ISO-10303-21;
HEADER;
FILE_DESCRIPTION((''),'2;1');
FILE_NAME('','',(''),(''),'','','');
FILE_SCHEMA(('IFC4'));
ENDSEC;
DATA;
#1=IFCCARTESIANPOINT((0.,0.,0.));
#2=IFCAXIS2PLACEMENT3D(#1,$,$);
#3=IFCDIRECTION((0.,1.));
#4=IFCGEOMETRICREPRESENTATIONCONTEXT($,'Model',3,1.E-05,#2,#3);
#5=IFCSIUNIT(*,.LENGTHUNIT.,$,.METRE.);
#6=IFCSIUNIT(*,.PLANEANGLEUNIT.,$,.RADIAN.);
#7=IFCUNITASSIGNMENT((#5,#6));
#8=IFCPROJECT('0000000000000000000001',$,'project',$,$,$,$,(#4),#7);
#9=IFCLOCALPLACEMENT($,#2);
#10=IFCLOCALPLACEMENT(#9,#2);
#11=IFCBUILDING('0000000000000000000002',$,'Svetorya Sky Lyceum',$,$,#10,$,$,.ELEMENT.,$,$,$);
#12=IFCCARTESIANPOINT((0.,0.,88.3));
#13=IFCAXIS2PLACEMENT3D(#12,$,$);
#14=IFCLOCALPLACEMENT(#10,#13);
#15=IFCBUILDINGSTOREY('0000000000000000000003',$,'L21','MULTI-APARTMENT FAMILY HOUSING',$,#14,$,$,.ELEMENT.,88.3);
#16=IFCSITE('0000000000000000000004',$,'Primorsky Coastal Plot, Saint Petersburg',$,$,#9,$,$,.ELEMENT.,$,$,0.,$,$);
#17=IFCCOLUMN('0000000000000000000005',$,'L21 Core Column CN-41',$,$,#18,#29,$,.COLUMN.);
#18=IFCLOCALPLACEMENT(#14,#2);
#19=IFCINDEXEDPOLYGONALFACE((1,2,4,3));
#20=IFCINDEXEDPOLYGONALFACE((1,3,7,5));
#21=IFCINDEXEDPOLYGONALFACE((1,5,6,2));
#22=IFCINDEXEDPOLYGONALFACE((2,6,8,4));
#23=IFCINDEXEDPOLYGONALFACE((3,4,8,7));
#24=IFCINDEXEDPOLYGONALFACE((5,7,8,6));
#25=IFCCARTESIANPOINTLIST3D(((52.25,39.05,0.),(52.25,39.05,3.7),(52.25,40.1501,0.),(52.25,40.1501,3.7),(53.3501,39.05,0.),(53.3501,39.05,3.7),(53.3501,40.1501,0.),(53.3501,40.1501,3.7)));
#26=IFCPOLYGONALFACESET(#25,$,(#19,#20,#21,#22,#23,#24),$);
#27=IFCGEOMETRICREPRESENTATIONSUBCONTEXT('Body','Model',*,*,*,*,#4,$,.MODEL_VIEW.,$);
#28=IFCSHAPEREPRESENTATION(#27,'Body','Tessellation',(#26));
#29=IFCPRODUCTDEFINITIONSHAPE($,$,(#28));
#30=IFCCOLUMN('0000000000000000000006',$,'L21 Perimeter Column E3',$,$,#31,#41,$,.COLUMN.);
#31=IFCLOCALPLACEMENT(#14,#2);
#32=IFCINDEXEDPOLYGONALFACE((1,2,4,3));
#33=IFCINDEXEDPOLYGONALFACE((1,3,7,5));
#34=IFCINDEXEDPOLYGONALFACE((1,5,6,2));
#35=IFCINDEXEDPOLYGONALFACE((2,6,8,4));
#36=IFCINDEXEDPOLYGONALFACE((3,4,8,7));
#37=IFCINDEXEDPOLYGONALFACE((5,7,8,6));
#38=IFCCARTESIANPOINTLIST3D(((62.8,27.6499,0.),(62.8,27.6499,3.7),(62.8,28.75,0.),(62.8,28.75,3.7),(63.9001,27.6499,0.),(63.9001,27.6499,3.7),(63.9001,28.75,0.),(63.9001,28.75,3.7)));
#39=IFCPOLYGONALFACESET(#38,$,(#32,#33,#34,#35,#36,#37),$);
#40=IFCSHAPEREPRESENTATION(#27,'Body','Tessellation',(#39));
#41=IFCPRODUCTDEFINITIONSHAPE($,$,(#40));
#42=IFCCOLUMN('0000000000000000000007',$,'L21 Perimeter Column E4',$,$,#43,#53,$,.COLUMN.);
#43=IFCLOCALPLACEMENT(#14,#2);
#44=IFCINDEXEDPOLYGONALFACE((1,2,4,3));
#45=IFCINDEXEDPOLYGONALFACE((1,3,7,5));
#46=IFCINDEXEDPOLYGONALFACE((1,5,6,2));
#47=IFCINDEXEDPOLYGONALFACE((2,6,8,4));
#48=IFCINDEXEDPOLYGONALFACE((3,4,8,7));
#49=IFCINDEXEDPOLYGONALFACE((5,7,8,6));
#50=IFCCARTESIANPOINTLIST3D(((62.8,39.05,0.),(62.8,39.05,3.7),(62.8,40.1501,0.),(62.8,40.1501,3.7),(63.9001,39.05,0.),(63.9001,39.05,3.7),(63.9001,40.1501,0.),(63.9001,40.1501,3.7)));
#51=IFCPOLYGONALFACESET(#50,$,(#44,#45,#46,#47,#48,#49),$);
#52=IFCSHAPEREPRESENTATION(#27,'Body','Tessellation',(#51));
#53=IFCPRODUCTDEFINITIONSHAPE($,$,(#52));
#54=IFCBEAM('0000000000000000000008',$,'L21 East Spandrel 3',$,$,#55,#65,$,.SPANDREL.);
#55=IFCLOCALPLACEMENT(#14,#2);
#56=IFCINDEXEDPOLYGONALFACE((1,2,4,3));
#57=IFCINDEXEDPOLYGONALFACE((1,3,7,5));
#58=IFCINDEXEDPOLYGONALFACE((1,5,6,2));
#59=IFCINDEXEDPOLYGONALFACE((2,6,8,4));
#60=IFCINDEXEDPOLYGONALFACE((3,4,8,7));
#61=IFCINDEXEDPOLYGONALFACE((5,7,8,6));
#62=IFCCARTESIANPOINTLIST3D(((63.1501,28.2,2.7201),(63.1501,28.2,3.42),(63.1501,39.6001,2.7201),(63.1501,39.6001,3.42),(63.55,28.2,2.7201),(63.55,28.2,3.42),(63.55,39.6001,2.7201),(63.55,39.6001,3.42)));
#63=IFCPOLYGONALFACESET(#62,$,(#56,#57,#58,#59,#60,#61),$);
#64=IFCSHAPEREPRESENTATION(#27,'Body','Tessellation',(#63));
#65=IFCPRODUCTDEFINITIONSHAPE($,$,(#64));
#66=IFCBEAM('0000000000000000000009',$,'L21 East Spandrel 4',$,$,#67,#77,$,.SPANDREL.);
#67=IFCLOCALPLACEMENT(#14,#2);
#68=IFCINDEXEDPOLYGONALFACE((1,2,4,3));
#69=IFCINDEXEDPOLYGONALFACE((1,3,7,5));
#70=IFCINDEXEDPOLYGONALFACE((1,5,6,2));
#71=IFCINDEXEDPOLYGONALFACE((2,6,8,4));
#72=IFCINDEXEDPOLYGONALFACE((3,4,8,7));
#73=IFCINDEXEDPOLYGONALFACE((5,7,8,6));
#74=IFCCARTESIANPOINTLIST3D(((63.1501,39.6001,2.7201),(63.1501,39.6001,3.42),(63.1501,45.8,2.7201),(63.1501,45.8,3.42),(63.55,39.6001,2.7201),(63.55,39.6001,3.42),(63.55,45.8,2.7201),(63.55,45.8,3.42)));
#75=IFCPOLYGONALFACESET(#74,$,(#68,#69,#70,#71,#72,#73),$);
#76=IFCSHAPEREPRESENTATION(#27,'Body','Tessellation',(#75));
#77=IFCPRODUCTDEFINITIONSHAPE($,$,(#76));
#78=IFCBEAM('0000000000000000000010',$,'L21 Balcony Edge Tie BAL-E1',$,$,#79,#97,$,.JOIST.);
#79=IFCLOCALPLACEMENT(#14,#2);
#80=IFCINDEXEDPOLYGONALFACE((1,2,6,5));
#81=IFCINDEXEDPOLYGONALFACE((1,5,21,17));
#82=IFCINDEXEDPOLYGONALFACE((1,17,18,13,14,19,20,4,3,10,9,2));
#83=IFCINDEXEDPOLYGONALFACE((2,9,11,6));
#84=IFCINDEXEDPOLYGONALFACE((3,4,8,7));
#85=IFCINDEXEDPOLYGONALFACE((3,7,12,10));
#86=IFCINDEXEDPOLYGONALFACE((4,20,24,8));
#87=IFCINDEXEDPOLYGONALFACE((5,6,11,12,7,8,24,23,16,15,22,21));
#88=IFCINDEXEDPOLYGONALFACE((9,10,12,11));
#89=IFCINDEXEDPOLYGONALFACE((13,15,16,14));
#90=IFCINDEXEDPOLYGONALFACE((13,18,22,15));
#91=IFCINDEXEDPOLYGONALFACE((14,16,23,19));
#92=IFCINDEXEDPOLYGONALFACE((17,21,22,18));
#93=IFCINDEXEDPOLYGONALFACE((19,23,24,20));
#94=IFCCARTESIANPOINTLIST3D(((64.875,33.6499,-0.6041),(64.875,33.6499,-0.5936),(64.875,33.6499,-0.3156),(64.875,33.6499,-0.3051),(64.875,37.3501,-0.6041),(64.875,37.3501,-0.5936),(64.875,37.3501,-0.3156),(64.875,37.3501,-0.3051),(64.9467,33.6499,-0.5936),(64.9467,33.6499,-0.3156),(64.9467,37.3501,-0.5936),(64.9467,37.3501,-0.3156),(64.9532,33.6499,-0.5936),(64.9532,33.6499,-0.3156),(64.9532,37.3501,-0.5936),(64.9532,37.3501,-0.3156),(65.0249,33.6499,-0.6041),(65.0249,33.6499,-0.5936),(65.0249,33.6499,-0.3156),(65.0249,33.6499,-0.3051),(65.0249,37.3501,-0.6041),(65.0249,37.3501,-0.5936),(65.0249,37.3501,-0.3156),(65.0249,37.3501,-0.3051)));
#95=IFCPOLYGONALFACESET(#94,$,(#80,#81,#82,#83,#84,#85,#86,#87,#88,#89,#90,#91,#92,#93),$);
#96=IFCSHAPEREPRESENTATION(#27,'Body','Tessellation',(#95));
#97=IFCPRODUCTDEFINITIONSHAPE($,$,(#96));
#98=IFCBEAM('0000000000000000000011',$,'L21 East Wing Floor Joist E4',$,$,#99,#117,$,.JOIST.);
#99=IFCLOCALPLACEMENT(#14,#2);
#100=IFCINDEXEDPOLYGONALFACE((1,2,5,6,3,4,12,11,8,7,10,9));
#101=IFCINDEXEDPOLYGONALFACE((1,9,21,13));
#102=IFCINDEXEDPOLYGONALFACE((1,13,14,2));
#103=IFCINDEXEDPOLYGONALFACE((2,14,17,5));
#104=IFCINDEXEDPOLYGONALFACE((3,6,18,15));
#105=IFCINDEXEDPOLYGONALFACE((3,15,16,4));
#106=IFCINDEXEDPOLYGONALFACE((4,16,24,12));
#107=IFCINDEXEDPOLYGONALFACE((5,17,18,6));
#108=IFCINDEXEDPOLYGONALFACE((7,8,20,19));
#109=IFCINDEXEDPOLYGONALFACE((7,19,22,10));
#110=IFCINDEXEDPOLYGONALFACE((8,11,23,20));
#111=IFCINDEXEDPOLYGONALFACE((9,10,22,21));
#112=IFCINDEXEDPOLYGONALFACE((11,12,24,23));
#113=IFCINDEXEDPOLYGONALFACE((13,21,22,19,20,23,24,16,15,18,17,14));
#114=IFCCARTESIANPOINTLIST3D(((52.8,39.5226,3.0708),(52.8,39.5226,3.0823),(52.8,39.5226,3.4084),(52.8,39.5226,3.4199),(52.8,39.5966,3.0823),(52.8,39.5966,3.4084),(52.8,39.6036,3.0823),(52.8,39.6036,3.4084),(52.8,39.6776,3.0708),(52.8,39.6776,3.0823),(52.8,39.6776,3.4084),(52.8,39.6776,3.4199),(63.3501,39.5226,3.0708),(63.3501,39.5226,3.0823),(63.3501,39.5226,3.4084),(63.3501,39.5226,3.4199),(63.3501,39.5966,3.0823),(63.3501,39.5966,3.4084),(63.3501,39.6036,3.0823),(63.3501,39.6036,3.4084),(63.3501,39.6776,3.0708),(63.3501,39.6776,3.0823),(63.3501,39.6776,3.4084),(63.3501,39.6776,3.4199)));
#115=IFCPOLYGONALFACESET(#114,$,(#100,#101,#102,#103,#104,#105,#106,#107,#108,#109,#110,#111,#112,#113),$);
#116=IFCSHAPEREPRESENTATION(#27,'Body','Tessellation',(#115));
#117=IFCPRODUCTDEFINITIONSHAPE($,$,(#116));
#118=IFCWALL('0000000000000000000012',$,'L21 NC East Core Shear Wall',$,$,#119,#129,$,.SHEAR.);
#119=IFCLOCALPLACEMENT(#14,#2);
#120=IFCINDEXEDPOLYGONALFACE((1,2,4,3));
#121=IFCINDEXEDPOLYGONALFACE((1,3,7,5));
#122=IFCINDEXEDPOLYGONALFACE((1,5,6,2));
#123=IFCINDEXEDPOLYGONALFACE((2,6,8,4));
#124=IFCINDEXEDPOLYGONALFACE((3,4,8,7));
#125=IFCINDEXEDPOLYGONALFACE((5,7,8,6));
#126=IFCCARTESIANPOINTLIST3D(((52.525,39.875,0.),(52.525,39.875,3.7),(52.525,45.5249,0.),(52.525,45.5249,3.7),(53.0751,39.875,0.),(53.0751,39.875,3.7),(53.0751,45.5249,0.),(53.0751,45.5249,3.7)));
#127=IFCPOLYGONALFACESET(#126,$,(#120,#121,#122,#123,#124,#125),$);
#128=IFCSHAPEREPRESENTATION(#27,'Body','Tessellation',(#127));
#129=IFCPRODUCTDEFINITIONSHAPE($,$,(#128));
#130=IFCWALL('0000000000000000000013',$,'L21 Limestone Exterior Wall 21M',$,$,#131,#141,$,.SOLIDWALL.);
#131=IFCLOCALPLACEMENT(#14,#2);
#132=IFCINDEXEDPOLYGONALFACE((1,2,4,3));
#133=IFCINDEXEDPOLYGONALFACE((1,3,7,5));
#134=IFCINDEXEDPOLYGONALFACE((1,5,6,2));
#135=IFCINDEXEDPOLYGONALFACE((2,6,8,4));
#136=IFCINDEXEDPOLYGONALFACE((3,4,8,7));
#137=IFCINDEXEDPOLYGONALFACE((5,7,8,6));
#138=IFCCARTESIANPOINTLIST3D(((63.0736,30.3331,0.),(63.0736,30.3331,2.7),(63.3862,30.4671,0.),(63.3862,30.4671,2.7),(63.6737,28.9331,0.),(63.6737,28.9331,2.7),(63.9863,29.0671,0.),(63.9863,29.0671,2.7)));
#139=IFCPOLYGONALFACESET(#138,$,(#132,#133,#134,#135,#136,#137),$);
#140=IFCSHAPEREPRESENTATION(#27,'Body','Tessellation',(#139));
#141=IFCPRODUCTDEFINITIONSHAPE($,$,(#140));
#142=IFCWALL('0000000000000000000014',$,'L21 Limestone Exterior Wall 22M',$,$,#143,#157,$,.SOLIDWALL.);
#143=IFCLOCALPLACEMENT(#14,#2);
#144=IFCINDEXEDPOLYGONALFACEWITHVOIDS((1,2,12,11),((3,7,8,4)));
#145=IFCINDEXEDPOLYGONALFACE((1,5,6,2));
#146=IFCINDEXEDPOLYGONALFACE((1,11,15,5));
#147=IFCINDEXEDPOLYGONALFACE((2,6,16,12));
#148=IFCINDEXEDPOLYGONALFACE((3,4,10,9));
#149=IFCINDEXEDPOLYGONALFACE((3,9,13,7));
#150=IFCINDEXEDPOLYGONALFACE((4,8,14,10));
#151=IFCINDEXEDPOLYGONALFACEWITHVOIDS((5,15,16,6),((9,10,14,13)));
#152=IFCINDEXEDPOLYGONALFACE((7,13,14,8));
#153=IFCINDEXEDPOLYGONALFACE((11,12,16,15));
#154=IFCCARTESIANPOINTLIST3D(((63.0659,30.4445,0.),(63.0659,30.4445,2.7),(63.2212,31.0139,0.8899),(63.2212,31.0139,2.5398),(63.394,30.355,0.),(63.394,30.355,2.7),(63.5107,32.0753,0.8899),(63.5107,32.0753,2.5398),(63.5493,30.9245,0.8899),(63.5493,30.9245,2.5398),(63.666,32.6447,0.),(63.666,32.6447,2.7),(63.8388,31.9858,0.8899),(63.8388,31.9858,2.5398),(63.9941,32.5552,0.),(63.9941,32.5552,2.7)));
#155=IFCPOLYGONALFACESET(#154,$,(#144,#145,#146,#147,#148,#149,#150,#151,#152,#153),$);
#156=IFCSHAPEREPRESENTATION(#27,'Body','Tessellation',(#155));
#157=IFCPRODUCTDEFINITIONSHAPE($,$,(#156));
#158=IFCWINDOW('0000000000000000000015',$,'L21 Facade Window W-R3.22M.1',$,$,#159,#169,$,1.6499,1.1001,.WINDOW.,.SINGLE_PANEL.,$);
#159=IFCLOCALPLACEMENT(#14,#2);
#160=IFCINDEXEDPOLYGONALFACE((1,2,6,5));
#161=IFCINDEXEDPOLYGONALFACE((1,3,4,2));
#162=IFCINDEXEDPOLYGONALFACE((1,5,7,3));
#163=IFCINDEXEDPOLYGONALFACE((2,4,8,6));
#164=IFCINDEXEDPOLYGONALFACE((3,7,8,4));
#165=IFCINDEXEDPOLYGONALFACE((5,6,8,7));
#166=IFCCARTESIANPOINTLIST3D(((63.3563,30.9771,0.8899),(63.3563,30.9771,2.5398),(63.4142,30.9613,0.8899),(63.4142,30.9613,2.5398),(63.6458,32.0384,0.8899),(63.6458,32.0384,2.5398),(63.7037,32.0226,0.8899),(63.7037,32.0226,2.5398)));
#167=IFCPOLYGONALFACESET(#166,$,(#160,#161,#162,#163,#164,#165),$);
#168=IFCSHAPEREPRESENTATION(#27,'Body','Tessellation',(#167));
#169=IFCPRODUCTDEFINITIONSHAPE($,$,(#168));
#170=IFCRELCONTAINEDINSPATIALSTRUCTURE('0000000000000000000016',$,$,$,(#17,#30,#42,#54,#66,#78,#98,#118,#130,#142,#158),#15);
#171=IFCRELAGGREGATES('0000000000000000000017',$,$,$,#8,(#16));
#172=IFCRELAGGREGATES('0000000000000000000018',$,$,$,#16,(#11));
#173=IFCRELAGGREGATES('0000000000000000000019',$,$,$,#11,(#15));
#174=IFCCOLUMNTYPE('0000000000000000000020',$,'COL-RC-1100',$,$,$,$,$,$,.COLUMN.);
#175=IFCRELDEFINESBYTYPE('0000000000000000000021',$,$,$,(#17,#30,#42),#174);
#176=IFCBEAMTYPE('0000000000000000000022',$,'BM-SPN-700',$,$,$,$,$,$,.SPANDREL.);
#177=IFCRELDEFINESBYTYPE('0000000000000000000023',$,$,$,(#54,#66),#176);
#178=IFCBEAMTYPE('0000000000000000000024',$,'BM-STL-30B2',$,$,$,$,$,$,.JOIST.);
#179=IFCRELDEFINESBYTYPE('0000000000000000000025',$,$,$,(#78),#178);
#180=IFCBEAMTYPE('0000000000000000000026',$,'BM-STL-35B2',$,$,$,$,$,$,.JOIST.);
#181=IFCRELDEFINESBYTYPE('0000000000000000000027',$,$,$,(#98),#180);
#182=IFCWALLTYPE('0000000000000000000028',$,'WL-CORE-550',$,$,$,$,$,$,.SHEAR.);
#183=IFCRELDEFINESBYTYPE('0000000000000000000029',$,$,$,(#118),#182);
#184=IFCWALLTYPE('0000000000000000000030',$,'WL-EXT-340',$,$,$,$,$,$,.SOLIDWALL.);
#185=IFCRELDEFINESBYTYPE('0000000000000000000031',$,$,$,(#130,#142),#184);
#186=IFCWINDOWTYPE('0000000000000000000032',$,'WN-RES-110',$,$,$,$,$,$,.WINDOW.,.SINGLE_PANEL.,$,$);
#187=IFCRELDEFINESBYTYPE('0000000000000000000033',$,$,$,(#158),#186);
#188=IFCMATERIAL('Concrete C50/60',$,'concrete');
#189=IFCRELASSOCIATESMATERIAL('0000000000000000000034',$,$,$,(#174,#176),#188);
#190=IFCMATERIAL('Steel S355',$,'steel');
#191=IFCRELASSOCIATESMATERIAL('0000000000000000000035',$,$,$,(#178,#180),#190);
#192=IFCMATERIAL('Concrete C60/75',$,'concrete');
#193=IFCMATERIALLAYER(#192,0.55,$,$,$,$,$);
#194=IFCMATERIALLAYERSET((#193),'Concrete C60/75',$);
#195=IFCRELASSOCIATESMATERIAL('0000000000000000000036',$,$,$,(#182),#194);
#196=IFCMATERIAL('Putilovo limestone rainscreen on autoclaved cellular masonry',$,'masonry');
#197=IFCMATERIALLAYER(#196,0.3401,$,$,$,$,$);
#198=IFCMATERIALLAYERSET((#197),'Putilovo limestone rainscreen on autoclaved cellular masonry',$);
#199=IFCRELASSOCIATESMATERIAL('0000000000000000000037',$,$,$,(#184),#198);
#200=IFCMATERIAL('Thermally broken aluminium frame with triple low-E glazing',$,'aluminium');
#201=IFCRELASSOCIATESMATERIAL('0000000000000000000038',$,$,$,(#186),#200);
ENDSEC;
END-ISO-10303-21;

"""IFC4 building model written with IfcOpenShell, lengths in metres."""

from ifc_helpers import new_model, si_unit, direction, frame, frame_2d, origin, origin_2d, place, context, subcontext, project, spatial, rectangle, i_section, extrude, material, layer, layer_set, material_profile, profile_set, type_object, element, fill, save


model = new_model("IFC4")

# Units and contexts
model_context = context("Model", 3, precision=1e-05, world=origin(), true_north=direction((0.0, 1.0)))
body_context = subcontext(model_context, "Body", "Model", "MODEL_VIEW")
ifc_project = project(units=[si_unit("LENGTHUNIT", "METRE"), si_unit("PLANEANGLEUNIT", "RADIAN")], contexts=[model_context])

# Site, building, storey
site_placement = place(None, origin())
site = spatial("IfcSite", under=ifc_project, at=site_placement, Name="Primorsky Coastal Plot, Saint Petersburg", CompositionType="ELEMENT", RefElevation=0.0)
building_placement = place(site_placement, origin())
building = spatial("IfcBuilding", under=site, at=building_placement, Name="Svetorya Sky Lyceum", CompositionType="ELEMENT")
storey_placement = place(building_placement, frame((0.0, 0.0, 88.3)))
storey = spatial("IfcBuildingStorey", under=building, at=storey_placement, Name="L21", Description="MULTI-APARTMENT FAMILY HOUSING", CompositionType="ELEMENT", Elevation=88.3)

# Columns
ifc_material_1 = material(Name="Concrete C50/60", Category="concrete")
ifc_material_profile_1 = material_profile(ifc_material_1, rectangle(XDim=1.1001, YDim=1.1001, at=origin_2d()), Name="RC COL 1100x1100")
ifc_profile_set_1 = profile_set([ifc_material_profile_1], Name="Concrete C50/60")
column_type = type_object("IfcColumnType", Name="COL-RC-1100", PredefinedType="COLUMN", material=ifc_profile_set_1)
for number, where, z_axis, x_axis, name in (
    (1, (52.8, 39.6001, 0.0), (0.0, 0.0, 1.0), (1.0, 0.0, 0.0), "L21 Core Column CN-41"),
    (2, (63.3501, 28.2, 0.0), (0.0, 0.0, 1.0), (1.0, 0.0, 0.0), "L21 Perimeter Column E3"),
    (3, (63.3501, 39.6001, 0.0), (0.0, 0.0, 1.0), (1.0, 0.0, 0.0), "L21 Perimeter Column E4"),
):
    element("IfcColumn", number, at=place(storey_placement, frame(where, z_axis=z_axis, x_axis=x_axis)), inside=storey, type_object=column_type, Name=name, PredefinedType="COLUMN", context=body_context, shape_type="SweptSolid", body=[
        extrude(rectangle(XDim=1.1001, YDim=1.1001, at=origin_2d()), origin(), (0.0, 0.0, 1.0), 3.7),
    ])

# Beams
ifc_material_profile_2 = material_profile(ifc_material_1, rectangle(XDim=0.3999, YDim=0.7, at=origin_2d()), Name="RC SPANDREL 400x700")
ifc_profile_set_2 = profile_set([ifc_material_profile_2], Name="Concrete C50/60")
beam_type_1 = type_object("IfcBeamType", Name="BM-SPN-700", PredefinedType="SPANDREL", material=ifc_profile_set_2)
beam_1_placement = place(storey_placement, frame((63.3501, 28.2, 3.0701), z_axis=(0.0, 1.0, 0.0), x_axis=(-1.0, 0.0, 0.0)))
element("IfcBeam", 4, at=beam_1_placement, inside=storey, type_object=beam_type_1, Name="L21 East Spandrel 3", PredefinedType="SPANDREL", context=body_context, shape_type="SweptSolid", body=[
    extrude(rectangle(XDim=0.3999, YDim=0.7, at=origin_2d()), origin(), (0.0, 0.0, 1.0), 11.4001),
])
beam_2_placement = place(storey_placement, frame((63.3501, 39.6001, 3.0701), z_axis=(0.0, 1.0, 0.0), x_axis=(-1.0, 0.0, 0.0)))
element("IfcBeam", 5, at=beam_2_placement, inside=storey, type_object=beam_type_1, Name="L21 East Spandrel 4", PredefinedType="SPANDREL", context=body_context, shape_type="SweptSolid", body=[
    extrude(rectangle(XDim=0.3999, YDim=0.7, at=origin_2d()), origin(), (0.0, 0.0, 1.0), 6.2),
])
ifc_material_2 = material(Name="Steel S355", Category="steel")
ifc_material_profile_3 = material_profile(ifc_material_2, i_section(OverallWidth=0.1499, OverallDepth=0.2991, WebThickness=0.0066, FlangeThickness=0.0105, at=origin_2d()), Name="GOST 30B2")
ifc_profile_set_3 = profile_set([ifc_material_profile_3], Name="Steel S355")
beam_type_2 = type_object("IfcBeamType", Name="BM-STL-30B2", PredefinedType="JOIST", material=ifc_profile_set_3)
beam_3_placement = place(storey_placement, frame((64.95, 33.6499, -0.4546), z_axis=(0.0, 1.0, 0.0), x_axis=(-1.0, 0.0, 0.0)))
element("IfcBeam", 6, at=beam_3_placement, inside=storey, type_object=beam_type_2, Name="L21 Balcony Edge Tie BAL-E1", PredefinedType="JOIST", context=body_context, shape_type="SweptSolid", body=[
    extrude(i_section(OverallWidth=0.1499, OverallDepth=0.2991, WebThickness=0.0066, FlangeThickness=0.0105, at=origin_2d()), origin(), (0.0, 0.0, 1.0), 3.7002),
])
ifc_material_profile_4 = material_profile(ifc_material_2, i_section(OverallWidth=0.155, OverallDepth=0.3491, WebThickness=0.0071, FlangeThickness=0.0115, at=origin_2d()), Name="GOST 35B2")
ifc_profile_set_4 = profile_set([ifc_material_profile_4], Name="Steel S355")
beam_type_3 = type_object("IfcBeamType", Name="BM-STL-35B2", PredefinedType="JOIST", material=ifc_profile_set_4)
beam_4_placement = place(storey_placement, frame((52.8, 39.6001, 3.2454), z_axis=(1.0, 0.0, 0.0), x_axis=(0.0, 1.0, 0.0)))
element("IfcBeam", 7, at=beam_4_placement, inside=storey, type_object=beam_type_3, Name="L21 East Wing Floor Joist E4", PredefinedType="JOIST", context=body_context, shape_type="SweptSolid", body=[
    extrude(i_section(OverallWidth=0.155, OverallDepth=0.3491, WebThickness=0.0071, FlangeThickness=0.0115, at=origin_2d()), origin(), (0.0, 0.0, 1.0), 10.55),
])

# Walls
ifc_material_3 = material(Name="Concrete C60/75", Category="concrete")
ifc_layer_1 = layer(ifc_material_3, 0.55)
ifc_layer_set_1 = layer_set([ifc_layer_1], Name="Concrete C60/75")
wall_type_1 = type_object("IfcWallType", Name="WL-CORE-550", PredefinedType="SHEAR", material=ifc_layer_set_1)
wall_1_placement = place(storey_placement, frame((52.8, 39.875, 0.0), z_axis=(0.0, 0.0, 1.0), x_axis=(0.0, 1.0, 0.0)))
element("IfcWall", 8, at=wall_1_placement, inside=storey, type_object=wall_type_1, Name="L21 NC East Core Shear Wall", PredefinedType="SHEAR", context=body_context, shape_type="SweptSolid", body=[
    extrude(rectangle(XDim=5.6499, YDim=0.55, at=frame_2d((2.825, 0.0))), origin(), (0.0, 0.0, 1.0), 3.7),
])
ifc_material_4 = material(Name="Putilovo limestone rainscreen on autoclaved cellular masonry", Category="masonry")
ifc_layer_2 = layer(ifc_material_4, 0.3401)
ifc_layer_set_2 = layer_set([ifc_layer_2], Name="Putilovo limestone rainscreen on autoclaved cellular masonry")
wall_type_2 = type_object("IfcWallType", Name="WL-EXT-340", PredefinedType="SOLIDWALL", material=ifc_layer_set_2)
wall_2_placement = place(storey_placement, frame((63.8301, 29.0, 0.0), z_axis=(0.0, 0.0, 1.0), x_axis=(-0.393997, 0.919112, 0.0)))
element("IfcWall", 9, at=wall_2_placement, inside=storey, type_object=wall_type_2, Name="L21 Limestone Exterior Wall 21M", PredefinedType="SOLIDWALL", context=body_context, shape_type="SweptSolid", body=[
    extrude(rectangle(XDim=1.5232, YDim=0.3401, at=frame_2d((0.7617, 0.0))), origin(), (0.0, 0.0, 1.0), 2.7),
])

# Wall, opening, window
wall_3_placement = place(storey_placement, frame((63.23, 30.3999, 0.0), z_axis=(0.0, 0.0, 1.0), x_axis=(0.263136, 0.964759, 0.0)))
wall_3 = element("IfcWall", 10, at=wall_3_placement, inside=storey, type_object=wall_type_2, Name="L21 Limestone Exterior Wall 22M", PredefinedType="SOLIDWALL", context=body_context, shape_type="SweptSolid", body=[
    extrude(rectangle(XDim=2.2805, YDim=0.3401, at=frame_2d((1.1401, 0.0))), origin(), (0.0, 0.0, 1.0), 2.7),
])
opening_1_placement = place(wall_3_placement, frame((0.5901, 0.0, 0.8899)))
opening_1 = element("IfcOpeningElement", 11, at=opening_1_placement, cuts=wall_3, PredefinedType="OPENING", context=body_context, shape_type="SweptSolid", body=[
    extrude(rectangle(XDim=1.1001, YDim=1.6499, at=frame_2d((0.55, 0.825))), frame((0.0, 0.1799, 0.0), z_axis=(0.0, -1.0, 0.0), x_axis=(1.0, 0.0, 0.0)), (0.0, 0.0, 1.0), 0.3601),
])
ifc_material_5 = material(Name="Thermally broken aluminium frame with triple low-E glazing", Category="aluminium")
window_type_1 = type_object("IfcWindowType", Name="WN-RES-110", PartitioningType="SINGLE_PANEL", PredefinedType="WINDOW", material=ifc_material_5)
window_1_placement = place(opening_1_placement, origin())
window_1 = element("IfcWindow", 12, at=window_1_placement, inside=storey, type_object=window_type_1, Name="L21 Facade Window W-R3.22M.1", OverallHeight=1.6499, OverallWidth=1.1001, PartitioningType="SINGLE_PANEL", PredefinedType="WINDOW", context=body_context, shape_type="SweptSolid", body=[
    extrude(rectangle(XDim=1.1001, YDim=1.6499, at=frame_2d((0.55, 0.825))), frame((0.0, 0.03, 0.0), z_axis=(0.0, -1.0, 0.0), x_axis=(1.0, 0.0, 0.0)), (0.0, 0.0, 1.0), 0.0601),
])
fill(opening_1, window_1)

save(model, "model.ifc")
